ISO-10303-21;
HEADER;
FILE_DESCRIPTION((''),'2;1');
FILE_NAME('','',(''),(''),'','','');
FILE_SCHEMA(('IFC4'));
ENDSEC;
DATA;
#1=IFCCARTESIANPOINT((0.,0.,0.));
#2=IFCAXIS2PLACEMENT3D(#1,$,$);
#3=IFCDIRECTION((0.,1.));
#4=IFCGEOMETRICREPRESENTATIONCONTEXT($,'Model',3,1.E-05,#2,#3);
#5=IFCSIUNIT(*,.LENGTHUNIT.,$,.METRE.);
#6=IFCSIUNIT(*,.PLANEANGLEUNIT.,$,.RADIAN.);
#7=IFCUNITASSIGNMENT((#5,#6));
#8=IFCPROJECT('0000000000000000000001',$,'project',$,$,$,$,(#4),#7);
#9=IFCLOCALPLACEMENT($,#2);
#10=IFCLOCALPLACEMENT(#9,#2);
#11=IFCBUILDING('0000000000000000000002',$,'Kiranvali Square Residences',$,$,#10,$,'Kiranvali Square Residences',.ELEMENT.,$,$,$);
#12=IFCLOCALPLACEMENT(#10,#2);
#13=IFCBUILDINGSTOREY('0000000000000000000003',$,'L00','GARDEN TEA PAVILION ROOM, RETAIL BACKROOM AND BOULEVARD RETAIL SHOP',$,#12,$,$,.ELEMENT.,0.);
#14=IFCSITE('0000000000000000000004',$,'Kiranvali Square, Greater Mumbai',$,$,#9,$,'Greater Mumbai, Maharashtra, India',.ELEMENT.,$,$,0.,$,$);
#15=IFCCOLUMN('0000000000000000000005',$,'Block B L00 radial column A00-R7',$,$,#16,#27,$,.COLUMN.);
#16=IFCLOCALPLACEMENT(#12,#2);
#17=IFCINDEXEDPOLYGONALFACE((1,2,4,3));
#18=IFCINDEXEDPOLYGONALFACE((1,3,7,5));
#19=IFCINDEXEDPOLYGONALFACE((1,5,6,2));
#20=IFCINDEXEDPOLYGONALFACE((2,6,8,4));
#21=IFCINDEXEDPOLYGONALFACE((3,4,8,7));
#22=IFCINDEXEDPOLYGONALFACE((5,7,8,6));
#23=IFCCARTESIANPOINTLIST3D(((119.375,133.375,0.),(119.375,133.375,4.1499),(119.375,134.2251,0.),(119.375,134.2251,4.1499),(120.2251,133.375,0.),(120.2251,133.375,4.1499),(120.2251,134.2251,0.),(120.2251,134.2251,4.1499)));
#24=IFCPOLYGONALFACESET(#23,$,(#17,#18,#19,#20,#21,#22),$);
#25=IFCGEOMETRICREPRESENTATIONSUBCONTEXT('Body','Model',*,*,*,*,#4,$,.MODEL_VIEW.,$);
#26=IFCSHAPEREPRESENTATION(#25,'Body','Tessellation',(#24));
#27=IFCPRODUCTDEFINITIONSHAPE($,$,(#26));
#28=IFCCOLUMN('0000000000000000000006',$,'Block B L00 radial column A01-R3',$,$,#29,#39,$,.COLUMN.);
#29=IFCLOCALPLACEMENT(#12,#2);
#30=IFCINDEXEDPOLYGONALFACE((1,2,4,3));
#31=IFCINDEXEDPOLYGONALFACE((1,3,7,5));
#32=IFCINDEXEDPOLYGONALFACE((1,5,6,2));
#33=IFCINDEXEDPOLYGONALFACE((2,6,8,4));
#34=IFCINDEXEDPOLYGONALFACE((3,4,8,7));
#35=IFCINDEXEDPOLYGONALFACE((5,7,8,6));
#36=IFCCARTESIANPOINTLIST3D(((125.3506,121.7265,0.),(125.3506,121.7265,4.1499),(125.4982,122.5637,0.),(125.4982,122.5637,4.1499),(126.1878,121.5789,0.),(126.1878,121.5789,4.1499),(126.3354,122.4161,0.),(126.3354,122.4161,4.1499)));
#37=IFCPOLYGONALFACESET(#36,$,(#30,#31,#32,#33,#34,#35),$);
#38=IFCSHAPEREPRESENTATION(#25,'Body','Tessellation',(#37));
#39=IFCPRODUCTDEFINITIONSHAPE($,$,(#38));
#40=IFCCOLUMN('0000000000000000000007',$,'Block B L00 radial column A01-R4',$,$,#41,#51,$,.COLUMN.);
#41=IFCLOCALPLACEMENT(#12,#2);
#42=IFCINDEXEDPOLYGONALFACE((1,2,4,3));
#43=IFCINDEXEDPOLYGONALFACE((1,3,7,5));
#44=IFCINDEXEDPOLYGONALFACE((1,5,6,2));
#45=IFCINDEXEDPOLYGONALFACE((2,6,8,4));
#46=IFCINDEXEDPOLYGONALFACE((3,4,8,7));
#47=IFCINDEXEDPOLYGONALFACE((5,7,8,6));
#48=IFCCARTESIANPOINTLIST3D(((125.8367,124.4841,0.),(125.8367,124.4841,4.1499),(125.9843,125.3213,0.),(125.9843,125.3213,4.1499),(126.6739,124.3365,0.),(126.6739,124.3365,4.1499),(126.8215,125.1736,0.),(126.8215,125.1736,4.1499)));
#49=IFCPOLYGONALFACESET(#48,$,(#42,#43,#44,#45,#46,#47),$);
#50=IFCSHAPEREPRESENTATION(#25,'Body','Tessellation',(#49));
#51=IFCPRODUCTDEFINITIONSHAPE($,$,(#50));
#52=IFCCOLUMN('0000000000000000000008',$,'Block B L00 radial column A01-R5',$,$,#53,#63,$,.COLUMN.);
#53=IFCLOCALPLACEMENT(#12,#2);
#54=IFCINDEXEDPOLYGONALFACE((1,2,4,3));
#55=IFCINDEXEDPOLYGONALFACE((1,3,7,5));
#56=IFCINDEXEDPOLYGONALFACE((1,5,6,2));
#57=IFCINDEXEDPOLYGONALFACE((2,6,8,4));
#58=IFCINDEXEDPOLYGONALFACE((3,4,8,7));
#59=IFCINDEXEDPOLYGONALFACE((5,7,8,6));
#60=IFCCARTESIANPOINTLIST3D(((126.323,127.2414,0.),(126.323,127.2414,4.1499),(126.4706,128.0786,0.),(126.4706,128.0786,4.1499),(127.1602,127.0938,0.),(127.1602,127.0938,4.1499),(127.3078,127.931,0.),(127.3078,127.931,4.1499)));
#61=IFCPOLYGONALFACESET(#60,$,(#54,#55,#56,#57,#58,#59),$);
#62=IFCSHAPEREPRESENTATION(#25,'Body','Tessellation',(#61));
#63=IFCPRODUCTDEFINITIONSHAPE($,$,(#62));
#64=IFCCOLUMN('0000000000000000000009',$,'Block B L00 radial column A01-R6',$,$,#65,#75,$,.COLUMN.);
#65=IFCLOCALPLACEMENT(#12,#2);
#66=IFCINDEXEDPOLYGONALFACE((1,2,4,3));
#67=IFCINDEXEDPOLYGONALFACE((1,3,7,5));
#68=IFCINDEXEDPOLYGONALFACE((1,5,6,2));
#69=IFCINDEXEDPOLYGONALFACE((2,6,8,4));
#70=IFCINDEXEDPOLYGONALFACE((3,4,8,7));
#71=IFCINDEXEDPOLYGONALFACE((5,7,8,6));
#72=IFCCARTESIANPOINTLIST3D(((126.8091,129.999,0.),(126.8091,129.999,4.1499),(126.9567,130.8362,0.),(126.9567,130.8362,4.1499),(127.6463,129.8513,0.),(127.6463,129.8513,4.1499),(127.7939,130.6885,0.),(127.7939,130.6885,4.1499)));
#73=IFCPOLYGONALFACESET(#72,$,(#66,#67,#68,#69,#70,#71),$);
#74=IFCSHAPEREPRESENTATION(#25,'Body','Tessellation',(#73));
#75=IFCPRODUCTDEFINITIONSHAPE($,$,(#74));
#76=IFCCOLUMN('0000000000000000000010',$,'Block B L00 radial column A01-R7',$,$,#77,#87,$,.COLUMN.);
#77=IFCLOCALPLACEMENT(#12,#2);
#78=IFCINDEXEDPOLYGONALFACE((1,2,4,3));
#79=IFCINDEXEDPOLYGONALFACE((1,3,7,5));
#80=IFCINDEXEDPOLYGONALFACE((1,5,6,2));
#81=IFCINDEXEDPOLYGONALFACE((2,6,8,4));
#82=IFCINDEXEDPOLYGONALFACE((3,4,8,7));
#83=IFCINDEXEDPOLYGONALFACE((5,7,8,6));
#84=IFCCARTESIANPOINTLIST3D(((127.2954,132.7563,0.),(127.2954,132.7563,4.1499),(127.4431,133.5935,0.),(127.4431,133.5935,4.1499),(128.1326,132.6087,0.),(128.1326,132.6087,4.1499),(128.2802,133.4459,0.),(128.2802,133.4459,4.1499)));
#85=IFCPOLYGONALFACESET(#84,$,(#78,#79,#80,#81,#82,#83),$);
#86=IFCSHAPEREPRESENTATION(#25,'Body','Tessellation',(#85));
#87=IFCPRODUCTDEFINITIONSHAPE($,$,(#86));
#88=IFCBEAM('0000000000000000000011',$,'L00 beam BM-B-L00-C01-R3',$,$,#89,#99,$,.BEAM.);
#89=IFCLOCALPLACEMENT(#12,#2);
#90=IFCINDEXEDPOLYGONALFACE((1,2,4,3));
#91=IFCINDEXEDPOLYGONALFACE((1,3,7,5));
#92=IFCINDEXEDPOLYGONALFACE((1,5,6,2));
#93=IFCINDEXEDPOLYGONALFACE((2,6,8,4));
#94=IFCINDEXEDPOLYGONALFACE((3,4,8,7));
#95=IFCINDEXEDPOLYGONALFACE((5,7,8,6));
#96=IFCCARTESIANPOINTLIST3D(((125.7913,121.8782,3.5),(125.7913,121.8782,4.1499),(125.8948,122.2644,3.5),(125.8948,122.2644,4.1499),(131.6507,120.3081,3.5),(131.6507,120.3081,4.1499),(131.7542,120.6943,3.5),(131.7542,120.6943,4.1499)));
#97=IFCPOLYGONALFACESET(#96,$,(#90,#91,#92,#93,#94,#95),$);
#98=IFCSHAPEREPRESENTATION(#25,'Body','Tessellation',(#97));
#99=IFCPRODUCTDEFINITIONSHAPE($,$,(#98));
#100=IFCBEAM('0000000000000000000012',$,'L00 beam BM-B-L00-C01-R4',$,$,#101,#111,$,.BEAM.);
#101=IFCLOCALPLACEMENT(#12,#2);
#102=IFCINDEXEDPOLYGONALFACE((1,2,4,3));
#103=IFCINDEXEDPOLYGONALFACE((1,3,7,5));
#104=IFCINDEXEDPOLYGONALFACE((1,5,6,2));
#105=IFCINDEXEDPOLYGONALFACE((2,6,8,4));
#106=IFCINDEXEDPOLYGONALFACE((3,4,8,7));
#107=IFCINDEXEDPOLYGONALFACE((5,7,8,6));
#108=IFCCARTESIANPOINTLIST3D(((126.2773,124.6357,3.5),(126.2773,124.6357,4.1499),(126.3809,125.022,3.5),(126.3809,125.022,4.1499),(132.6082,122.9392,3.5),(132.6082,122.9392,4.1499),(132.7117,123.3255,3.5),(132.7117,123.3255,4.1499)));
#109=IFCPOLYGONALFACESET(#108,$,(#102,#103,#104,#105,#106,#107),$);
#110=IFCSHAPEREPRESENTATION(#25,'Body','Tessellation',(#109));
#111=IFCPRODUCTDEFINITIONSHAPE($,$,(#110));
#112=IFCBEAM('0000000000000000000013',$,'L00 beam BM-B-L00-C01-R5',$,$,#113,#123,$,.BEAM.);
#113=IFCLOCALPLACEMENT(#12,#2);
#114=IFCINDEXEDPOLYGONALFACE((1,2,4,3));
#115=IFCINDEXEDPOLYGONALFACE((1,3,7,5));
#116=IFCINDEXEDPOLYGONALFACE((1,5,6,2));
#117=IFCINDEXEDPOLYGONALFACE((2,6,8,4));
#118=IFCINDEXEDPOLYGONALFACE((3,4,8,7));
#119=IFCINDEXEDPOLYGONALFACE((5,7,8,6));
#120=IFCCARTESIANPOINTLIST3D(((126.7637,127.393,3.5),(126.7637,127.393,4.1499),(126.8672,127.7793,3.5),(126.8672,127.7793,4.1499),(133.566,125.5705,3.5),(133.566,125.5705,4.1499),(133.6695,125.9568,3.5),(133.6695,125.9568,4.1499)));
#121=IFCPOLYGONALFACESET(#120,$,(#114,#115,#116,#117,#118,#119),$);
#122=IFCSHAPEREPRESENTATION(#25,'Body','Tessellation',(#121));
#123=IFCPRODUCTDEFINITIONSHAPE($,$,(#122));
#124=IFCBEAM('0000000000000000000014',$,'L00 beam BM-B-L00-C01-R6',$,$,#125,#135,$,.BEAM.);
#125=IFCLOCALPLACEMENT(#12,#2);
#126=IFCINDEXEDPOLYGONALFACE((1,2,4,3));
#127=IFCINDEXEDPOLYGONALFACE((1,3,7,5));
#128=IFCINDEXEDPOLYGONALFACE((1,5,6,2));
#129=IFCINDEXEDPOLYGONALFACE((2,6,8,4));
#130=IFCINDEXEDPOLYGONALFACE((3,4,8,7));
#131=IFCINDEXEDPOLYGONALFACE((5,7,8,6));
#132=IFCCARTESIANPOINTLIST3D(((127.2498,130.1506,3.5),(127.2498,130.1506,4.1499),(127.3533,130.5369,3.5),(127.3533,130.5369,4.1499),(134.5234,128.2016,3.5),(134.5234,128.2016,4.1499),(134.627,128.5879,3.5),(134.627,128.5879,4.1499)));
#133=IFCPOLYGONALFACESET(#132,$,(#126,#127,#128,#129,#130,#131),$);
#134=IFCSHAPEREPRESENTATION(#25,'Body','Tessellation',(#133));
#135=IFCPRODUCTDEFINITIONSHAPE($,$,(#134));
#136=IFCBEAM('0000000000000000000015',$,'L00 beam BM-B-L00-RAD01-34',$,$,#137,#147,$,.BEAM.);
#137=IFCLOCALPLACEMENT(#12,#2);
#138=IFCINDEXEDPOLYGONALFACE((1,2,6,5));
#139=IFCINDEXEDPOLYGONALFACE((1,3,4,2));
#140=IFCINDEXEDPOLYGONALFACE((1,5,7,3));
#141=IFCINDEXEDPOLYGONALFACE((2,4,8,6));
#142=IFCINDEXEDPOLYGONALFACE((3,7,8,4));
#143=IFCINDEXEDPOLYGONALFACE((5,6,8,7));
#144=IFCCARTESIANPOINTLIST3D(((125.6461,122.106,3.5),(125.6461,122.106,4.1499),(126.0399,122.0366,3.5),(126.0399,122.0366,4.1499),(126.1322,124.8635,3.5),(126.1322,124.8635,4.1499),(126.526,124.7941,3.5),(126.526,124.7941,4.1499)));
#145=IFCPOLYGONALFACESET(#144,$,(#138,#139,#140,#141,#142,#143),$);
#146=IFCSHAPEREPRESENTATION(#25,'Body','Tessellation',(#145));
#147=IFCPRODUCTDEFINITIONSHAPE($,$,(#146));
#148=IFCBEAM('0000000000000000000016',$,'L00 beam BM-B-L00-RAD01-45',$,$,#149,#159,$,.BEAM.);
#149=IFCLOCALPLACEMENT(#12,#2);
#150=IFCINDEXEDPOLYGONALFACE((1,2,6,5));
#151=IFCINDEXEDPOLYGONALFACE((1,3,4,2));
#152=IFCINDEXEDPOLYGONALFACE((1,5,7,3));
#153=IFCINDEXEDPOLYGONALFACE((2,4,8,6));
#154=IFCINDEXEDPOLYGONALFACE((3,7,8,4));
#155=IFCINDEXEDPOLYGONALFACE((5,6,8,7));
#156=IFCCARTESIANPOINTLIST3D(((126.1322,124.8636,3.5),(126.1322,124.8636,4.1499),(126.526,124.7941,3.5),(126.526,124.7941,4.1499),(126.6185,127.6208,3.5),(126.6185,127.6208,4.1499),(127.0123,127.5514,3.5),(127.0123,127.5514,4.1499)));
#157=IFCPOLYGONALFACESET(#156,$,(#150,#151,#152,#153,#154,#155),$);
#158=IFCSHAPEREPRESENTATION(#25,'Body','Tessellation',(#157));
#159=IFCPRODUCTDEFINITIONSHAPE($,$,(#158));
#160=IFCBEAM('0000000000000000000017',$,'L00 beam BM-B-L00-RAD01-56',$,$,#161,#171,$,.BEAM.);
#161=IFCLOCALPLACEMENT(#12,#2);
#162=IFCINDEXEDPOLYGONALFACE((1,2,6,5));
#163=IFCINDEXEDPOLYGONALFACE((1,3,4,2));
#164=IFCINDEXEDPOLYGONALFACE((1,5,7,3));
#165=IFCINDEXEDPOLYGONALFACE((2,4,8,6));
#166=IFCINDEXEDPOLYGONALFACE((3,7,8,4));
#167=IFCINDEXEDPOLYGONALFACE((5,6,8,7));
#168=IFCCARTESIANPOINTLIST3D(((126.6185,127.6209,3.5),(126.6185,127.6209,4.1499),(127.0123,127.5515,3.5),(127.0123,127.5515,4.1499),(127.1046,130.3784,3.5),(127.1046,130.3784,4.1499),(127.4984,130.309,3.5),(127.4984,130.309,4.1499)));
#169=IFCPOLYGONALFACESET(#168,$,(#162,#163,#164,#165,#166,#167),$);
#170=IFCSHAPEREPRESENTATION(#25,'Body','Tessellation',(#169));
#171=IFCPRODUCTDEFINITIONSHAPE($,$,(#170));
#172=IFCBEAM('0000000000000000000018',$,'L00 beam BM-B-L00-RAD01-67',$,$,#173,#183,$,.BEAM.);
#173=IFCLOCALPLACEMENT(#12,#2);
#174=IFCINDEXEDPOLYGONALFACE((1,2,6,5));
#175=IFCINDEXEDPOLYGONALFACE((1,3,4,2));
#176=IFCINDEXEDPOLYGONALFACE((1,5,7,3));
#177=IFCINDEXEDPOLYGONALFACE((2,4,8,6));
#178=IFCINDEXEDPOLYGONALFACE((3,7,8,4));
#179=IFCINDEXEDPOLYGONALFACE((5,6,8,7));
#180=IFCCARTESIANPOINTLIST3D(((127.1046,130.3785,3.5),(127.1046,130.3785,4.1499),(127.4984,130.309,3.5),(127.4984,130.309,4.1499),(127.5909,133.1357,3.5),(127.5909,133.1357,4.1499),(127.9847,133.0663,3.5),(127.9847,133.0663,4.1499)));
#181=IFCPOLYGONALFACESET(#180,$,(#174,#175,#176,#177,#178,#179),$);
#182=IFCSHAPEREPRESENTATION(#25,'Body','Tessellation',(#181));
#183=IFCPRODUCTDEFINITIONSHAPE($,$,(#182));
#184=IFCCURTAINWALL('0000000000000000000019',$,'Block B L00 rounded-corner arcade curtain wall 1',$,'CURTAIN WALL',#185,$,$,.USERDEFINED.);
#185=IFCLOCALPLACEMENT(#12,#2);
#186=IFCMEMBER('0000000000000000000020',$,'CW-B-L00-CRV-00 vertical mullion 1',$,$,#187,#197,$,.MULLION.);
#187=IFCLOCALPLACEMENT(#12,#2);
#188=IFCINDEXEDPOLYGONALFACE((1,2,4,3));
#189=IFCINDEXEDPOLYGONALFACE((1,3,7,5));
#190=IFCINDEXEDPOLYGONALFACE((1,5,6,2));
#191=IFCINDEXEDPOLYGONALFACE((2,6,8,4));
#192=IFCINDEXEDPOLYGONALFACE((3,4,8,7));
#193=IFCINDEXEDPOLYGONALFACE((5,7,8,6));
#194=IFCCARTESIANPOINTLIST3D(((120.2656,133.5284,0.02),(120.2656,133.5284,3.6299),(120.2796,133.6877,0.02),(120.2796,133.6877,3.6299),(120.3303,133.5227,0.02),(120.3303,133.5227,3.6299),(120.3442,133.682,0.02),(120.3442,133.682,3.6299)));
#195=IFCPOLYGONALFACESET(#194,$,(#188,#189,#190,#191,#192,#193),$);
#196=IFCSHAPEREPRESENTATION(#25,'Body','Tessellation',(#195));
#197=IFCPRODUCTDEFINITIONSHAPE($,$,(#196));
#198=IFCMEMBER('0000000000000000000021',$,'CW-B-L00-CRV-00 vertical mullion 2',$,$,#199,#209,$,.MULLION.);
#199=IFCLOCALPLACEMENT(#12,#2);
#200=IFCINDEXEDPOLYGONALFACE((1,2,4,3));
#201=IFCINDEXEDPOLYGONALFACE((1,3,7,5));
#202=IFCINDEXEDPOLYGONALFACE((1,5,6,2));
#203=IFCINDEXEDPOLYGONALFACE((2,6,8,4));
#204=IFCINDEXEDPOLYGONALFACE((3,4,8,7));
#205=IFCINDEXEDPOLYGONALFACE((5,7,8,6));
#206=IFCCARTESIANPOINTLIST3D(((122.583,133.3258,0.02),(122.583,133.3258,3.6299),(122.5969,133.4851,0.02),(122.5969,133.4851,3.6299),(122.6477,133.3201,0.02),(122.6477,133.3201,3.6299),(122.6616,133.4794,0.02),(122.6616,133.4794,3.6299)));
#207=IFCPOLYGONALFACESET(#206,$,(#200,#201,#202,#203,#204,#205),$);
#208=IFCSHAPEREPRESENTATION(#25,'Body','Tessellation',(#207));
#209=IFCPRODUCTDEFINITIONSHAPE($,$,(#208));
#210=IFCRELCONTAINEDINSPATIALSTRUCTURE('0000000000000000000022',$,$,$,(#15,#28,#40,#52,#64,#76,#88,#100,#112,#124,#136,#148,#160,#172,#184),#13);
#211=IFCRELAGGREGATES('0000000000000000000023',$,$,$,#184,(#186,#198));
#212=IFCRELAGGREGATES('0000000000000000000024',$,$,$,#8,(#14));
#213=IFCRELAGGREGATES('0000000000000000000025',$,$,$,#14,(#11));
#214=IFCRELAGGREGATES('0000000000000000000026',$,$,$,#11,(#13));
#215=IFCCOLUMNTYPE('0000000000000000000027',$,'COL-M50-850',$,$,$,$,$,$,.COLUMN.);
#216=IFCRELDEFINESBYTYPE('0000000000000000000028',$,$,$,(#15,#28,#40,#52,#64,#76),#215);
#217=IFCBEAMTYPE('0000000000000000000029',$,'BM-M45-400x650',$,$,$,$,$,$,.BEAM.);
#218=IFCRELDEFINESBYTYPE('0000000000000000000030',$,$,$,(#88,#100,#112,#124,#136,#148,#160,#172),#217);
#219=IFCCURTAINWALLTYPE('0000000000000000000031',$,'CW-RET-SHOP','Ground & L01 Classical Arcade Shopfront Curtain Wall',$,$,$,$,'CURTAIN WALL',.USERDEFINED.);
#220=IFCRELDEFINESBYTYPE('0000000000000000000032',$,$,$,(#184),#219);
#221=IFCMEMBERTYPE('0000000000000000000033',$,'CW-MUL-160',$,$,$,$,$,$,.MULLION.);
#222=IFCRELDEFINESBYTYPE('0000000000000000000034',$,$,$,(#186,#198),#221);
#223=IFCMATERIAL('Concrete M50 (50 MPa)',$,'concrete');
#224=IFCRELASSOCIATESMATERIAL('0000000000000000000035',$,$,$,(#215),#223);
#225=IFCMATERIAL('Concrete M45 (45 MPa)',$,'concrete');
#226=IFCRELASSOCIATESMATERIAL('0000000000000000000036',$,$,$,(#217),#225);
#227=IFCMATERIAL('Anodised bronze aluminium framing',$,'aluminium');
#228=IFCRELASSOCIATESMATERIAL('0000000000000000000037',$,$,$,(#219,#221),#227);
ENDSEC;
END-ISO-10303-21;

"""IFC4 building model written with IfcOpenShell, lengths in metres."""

from ifc_helpers import new_model, si_unit, direction, frame, origin, origin_2d, place, context, subcontext, project, spatial, rectangle, extrude, material, material_profile, profile_set, type_object, element, aggregate, save


model = new_model("IFC4")

# Units and contexts
model_context = context("Model", 3, precision=1e-05, world=origin(), true_north=direction((0.0, 1.0)))
body_context = subcontext(model_context, "Body", "Model", "MODEL_VIEW")
ifc_project = project(units=[si_unit("LENGTHUNIT", "METRE"), si_unit("PLANEANGLEUNIT", "RADIAN")], contexts=[model_context])

# Site, building, storey
site_placement = place(None, origin())
site = spatial("IfcSite", under=ifc_project, at=site_placement, Name="Kiranvali Square, Greater Mumbai", LongName="Greater Mumbai, Maharashtra, India", CompositionType="ELEMENT", RefElevation=0.0)
building_placement = place(site_placement, origin())
building = spatial("IfcBuilding", under=site, at=building_placement, Name="Kiranvali Square Residences", LongName="Kiranvali Square Residences", CompositionType="ELEMENT")
storey_placement = place(building_placement, origin())
storey = spatial("IfcBuildingStorey", under=building, at=storey_placement, Name="L00", Description="GARDEN TEA PAVILION ROOM, RETAIL BACKROOM AND BOULEVARD RETAIL SHOP", CompositionType="ELEMENT", Elevation=0.0)

# Columns
ifc_material_1 = material(Name="Concrete M50 (50 MPa)", Category="concrete")
ifc_material_profile_1 = material_profile(ifc_material_1, rectangle(XDim=0.8501, YDim=0.8501, at=origin_2d()), Name="RC 850x850")
ifc_profile_set_1 = profile_set([ifc_material_profile_1], Name="Concrete M50 (50 MPa)")
column_type = type_object("IfcColumnType", Name="COL-M50-850", PredefinedType="COLUMN", material=ifc_profile_set_1)
for number, where, z_axis, x_axis, name in (
    (1, (119.8, 133.8, 0.0), (0.0, 0.0, 1.0), (1.0, 0.0, 0.0), "Block B L00 radial column A00-R7"),
    (2, (125.843, 122.0713, 0.0), (0.0, 0.0, 1.0), (-0.984808, 0.173648, 0.0), "Block B L00 radial column A01-R3"),
    (3, (126.3291, 124.8289, 0.0), (0.0, 0.0, 1.0), (-0.984808, 0.173648, 0.0), "Block B L00 radial column A01-R4"),
    (4, (126.8154, 127.5862, 0.0), (0.0, 0.0, 1.0), (-0.984808, 0.173648, 0.0), "Block B L00 radial column A01-R5"),
    (5, (127.3015, 130.3438, 0.0), (0.0, 0.0, 1.0), (-0.984808, 0.173648, 0.0), "Block B L00 radial column A01-R6"),
    (6, (127.7878, 133.1011, 0.0), (0.0, 0.0, 1.0), (-0.984808, 0.173648, 0.0), "Block B L00 radial column A01-R7"),
):
    element("IfcColumn", number, at=place(storey_placement, frame(where, z_axis=z_axis, x_axis=x_axis)), inside=storey, type_object=column_type, Name=name, PredefinedType="COLUMN", context=body_context, shape_type="SweptSolid", body=[
        extrude(rectangle(XDim=0.8501, YDim=0.8501, at=origin_2d()), origin(), (0.0, 0.0, 1.0), 4.1499),
    ])

# Beams
ifc_material_2 = material(Name="Concrete M45 (45 MPa)", Category="concrete")
ifc_material_profile_2 = material_profile(ifc_material_2, rectangle(XDim=0.3999, YDim=0.6499, at=origin_2d()), Name="RC 400x650")
ifc_profile_set_2 = profile_set([ifc_material_profile_2], Name="Concrete M45 (45 MPa)")
beam_type_1 = type_object("IfcBeamType", Name="BM-M45-400x650", PredefinedType="BEAM", material=ifc_profile_set_2)
beam_1_placement = place(storey_placement, frame((125.843, 122.0713, 3.825), z_axis=(0.965924, -0.258827, 0.0), x_axis=(0.258827, 0.965924, 0.0)))
element("IfcBeam", 7, at=beam_1_placement, inside=storey, type_object=beam_type_1, Name="L00 beam BM-B-L00-C01-R3", PredefinedType="BEAM", context=body_context, shape_type="SweptSolid", body=[
    extrude(rectangle(XDim=0.3999, YDim=0.6499, at=origin_2d()), origin(), (0.0, 0.0, 1.0), 6.0662),
])
beam_2_placement = place(storey_placement, frame((126.3291, 124.8289, 3.825), z_axis=(0.965918, -0.258847, 0.0), x_axis=(0.258847, 0.965918, 0.0)))
element("IfcBeam", 8, at=beam_2_placement, inside=storey, type_object=beam_type_1, Name="L00 beam BM-B-L00-C01-R4", PredefinedType="BEAM", context=body_context, shape_type="SweptSolid", body=[
    extrude(rectangle(XDim=0.3999, YDim=0.6499, at=origin_2d()), origin(), (0.0, 0.0, 1.0), 6.5542),
])
beam_3_placement = place(storey_placement, frame((126.8154, 127.5862, 3.825), z_axis=(0.965931, -0.2588, 0.0), x_axis=(0.2588, 0.965931, 0.0)))
element("IfcBeam", 9, at=beam_3_placement, inside=storey, type_object=beam_type_1, Name="L00 beam BM-B-L00-C01-R5", PredefinedType="BEAM", context=body_context, shape_type="SweptSolid", body=[
    extrude(rectangle(XDim=0.3999, YDim=0.6499, at=origin_2d()), origin(), (0.0, 0.0, 1.0), 7.0422),
])
beam_4_placement = place(storey_placement, frame((127.3015, 130.3438, 3.825), z_axis=(0.965926, -0.258819, 0.0), x_axis=(0.258819, 0.965926, 0.0)))
element("IfcBeam", 10, at=beam_4_placement, inside=storey, type_object=beam_type_1, Name="L00 beam BM-B-L00-C01-R6", PredefinedType="BEAM", context=body_context, shape_type="SweptSolid", body=[
    extrude(rectangle(XDim=0.3999, YDim=0.6499, at=origin_2d()), origin(), (0.0, 0.0, 1.0), 7.5303),
])
beam_5_placement = place(storey_placement, frame((125.843, 122.0713, 3.825), z_axis=(0.173596, 0.984817, 0.0), x_axis=(-0.984817, 0.173596, 0.0)))
element("IfcBeam", 11, at=beam_5_placement, inside=storey, type_object=beam_type_1, Name="L00 beam BM-B-L00-RAD01-34", PredefinedType="BEAM", context=body_context, shape_type="SweptSolid", body=[
    extrude(rectangle(XDim=0.3999, YDim=0.6499, at=origin_2d()), origin(), (0.0, 0.0, 1.0), 2.8),
])
beam_6_placement = place(storey_placement, frame((126.3291, 124.8289, 3.825), z_axis=(0.173696, 0.984799, 0.0), x_axis=(-0.984799, 0.173696, 0.0)))
element("IfcBeam", 12, at=beam_6_placement, inside=storey, type_object=beam_type_1, Name="L00 beam BM-B-L00-RAD01-45", PredefinedType="BEAM", context=body_context, shape_type="SweptSolid", body=[
    extrude(rectangle(XDim=0.3999, YDim=0.6499, at=origin_2d()), origin(), (0.0, 0.0, 1.0), 2.7998),
])
beam_7_placement = place(storey_placement, frame((126.8154, 127.5862, 3.825), z_axis=(0.173596, 0.984817, 0.0), x_axis=(-0.984817, 0.173596, 0.0)))
element("IfcBeam", 13, at=beam_7_placement, inside=storey, type_object=beam_type_1, Name="L00 beam BM-B-L00-RAD01-56", PredefinedType="BEAM", context=body_context, shape_type="SweptSolid", body=[
    extrude(rectangle(XDim=0.3999, YDim=0.6499, at=origin_2d()), origin(), (0.0, 0.0, 1.0), 2.8),
])
beam_8_placement = place(storey_placement, frame((127.3015, 130.3438, 3.825), z_axis=(0.173696, 0.984799, 0.0), x_axis=(-0.984799, 0.173696, 0.0)))
element("IfcBeam", 14, at=beam_8_placement, inside=storey, type_object=beam_type_1, Name="L00 beam BM-B-L00-RAD01-67", PredefinedType="BEAM", context=body_context, shape_type="SweptSolid", body=[
    extrude(rectangle(XDim=0.3999, YDim=0.6499, at=origin_2d()), origin(), (0.0, 0.0, 1.0), 2.7998),
])

# Curtain wall, members
ifc_material_3 = material(Name="Anodised bronze aluminium framing", Category="aluminium")
curtain_wall_type = type_object("IfcCurtainWallType", Name="CW-RET-SHOP", Description="Ground & L01 Classical Arcade Shopfront Curtain Wall", ElementType="CURTAIN WALL", PredefinedType="USERDEFINED", material=ifc_material_3)
curtain_wall_placement = place(storey_placement, origin())
curtain_wall = element("IfcCurtainWall", 15, at=curtain_wall_placement, inside=storey, type_object=curtain_wall_type, Name="Block B L00 rounded-corner arcade curtain wall 1", ObjectType="CURTAIN WALL", PredefinedType="USERDEFINED")
ifc_material_profile_3 = material_profile(ifc_material_3, rectangle(XDim=0.0649, YDim=0.1599, at=origin_2d()), Name="ALU 65x160")
ifc_profile_set_3 = profile_set([ifc_material_profile_3], Name="Anodised bronze aluminium framing")
member_type_1 = type_object("IfcMemberType", Name="CW-MUL-160", PredefinedType="MULLION", material=ifc_profile_set_3)
member_1_placement = place(storey_placement, frame((120.3049, 133.6052, 0.02), z_axis=(0.0, 0.0, 1.0), x_axis=(0.996195, -0.087156, 0.0)))
member_1 = element("IfcMember", 16, at=member_1_placement, type_object=member_type_1, Name="CW-B-L00-CRV-00 vertical mullion 1", PredefinedType="MULLION", context=body_context, shape_type="SweptSolid", body=[
    extrude(rectangle(XDim=0.0649, YDim=0.1599, at=origin_2d()), origin(), (0.0, 0.0, 1.0), 3.6099),
])
member_2_placement = place(storey_placement, frame((122.6223, 133.4026, 0.02), z_axis=(0.0, 0.0, 1.0), x_axis=(0.996195, -0.087156, 0.0)))
member_2 = element("IfcMember", 17, at=member_2_placement, type_object=member_type_1, Name="CW-B-L00-CRV-00 vertical mullion 2", PredefinedType="MULLION", context=body_context, shape_type="SweptSolid", body=[
    extrude(rectangle(XDim=0.0649, YDim=0.1599, at=origin_2d()), origin(), (0.0, 0.0, 1.0), 3.6099),
])

aggregate(curtain_wall, [member_1, member_2])

save(model, "model.ifc")
